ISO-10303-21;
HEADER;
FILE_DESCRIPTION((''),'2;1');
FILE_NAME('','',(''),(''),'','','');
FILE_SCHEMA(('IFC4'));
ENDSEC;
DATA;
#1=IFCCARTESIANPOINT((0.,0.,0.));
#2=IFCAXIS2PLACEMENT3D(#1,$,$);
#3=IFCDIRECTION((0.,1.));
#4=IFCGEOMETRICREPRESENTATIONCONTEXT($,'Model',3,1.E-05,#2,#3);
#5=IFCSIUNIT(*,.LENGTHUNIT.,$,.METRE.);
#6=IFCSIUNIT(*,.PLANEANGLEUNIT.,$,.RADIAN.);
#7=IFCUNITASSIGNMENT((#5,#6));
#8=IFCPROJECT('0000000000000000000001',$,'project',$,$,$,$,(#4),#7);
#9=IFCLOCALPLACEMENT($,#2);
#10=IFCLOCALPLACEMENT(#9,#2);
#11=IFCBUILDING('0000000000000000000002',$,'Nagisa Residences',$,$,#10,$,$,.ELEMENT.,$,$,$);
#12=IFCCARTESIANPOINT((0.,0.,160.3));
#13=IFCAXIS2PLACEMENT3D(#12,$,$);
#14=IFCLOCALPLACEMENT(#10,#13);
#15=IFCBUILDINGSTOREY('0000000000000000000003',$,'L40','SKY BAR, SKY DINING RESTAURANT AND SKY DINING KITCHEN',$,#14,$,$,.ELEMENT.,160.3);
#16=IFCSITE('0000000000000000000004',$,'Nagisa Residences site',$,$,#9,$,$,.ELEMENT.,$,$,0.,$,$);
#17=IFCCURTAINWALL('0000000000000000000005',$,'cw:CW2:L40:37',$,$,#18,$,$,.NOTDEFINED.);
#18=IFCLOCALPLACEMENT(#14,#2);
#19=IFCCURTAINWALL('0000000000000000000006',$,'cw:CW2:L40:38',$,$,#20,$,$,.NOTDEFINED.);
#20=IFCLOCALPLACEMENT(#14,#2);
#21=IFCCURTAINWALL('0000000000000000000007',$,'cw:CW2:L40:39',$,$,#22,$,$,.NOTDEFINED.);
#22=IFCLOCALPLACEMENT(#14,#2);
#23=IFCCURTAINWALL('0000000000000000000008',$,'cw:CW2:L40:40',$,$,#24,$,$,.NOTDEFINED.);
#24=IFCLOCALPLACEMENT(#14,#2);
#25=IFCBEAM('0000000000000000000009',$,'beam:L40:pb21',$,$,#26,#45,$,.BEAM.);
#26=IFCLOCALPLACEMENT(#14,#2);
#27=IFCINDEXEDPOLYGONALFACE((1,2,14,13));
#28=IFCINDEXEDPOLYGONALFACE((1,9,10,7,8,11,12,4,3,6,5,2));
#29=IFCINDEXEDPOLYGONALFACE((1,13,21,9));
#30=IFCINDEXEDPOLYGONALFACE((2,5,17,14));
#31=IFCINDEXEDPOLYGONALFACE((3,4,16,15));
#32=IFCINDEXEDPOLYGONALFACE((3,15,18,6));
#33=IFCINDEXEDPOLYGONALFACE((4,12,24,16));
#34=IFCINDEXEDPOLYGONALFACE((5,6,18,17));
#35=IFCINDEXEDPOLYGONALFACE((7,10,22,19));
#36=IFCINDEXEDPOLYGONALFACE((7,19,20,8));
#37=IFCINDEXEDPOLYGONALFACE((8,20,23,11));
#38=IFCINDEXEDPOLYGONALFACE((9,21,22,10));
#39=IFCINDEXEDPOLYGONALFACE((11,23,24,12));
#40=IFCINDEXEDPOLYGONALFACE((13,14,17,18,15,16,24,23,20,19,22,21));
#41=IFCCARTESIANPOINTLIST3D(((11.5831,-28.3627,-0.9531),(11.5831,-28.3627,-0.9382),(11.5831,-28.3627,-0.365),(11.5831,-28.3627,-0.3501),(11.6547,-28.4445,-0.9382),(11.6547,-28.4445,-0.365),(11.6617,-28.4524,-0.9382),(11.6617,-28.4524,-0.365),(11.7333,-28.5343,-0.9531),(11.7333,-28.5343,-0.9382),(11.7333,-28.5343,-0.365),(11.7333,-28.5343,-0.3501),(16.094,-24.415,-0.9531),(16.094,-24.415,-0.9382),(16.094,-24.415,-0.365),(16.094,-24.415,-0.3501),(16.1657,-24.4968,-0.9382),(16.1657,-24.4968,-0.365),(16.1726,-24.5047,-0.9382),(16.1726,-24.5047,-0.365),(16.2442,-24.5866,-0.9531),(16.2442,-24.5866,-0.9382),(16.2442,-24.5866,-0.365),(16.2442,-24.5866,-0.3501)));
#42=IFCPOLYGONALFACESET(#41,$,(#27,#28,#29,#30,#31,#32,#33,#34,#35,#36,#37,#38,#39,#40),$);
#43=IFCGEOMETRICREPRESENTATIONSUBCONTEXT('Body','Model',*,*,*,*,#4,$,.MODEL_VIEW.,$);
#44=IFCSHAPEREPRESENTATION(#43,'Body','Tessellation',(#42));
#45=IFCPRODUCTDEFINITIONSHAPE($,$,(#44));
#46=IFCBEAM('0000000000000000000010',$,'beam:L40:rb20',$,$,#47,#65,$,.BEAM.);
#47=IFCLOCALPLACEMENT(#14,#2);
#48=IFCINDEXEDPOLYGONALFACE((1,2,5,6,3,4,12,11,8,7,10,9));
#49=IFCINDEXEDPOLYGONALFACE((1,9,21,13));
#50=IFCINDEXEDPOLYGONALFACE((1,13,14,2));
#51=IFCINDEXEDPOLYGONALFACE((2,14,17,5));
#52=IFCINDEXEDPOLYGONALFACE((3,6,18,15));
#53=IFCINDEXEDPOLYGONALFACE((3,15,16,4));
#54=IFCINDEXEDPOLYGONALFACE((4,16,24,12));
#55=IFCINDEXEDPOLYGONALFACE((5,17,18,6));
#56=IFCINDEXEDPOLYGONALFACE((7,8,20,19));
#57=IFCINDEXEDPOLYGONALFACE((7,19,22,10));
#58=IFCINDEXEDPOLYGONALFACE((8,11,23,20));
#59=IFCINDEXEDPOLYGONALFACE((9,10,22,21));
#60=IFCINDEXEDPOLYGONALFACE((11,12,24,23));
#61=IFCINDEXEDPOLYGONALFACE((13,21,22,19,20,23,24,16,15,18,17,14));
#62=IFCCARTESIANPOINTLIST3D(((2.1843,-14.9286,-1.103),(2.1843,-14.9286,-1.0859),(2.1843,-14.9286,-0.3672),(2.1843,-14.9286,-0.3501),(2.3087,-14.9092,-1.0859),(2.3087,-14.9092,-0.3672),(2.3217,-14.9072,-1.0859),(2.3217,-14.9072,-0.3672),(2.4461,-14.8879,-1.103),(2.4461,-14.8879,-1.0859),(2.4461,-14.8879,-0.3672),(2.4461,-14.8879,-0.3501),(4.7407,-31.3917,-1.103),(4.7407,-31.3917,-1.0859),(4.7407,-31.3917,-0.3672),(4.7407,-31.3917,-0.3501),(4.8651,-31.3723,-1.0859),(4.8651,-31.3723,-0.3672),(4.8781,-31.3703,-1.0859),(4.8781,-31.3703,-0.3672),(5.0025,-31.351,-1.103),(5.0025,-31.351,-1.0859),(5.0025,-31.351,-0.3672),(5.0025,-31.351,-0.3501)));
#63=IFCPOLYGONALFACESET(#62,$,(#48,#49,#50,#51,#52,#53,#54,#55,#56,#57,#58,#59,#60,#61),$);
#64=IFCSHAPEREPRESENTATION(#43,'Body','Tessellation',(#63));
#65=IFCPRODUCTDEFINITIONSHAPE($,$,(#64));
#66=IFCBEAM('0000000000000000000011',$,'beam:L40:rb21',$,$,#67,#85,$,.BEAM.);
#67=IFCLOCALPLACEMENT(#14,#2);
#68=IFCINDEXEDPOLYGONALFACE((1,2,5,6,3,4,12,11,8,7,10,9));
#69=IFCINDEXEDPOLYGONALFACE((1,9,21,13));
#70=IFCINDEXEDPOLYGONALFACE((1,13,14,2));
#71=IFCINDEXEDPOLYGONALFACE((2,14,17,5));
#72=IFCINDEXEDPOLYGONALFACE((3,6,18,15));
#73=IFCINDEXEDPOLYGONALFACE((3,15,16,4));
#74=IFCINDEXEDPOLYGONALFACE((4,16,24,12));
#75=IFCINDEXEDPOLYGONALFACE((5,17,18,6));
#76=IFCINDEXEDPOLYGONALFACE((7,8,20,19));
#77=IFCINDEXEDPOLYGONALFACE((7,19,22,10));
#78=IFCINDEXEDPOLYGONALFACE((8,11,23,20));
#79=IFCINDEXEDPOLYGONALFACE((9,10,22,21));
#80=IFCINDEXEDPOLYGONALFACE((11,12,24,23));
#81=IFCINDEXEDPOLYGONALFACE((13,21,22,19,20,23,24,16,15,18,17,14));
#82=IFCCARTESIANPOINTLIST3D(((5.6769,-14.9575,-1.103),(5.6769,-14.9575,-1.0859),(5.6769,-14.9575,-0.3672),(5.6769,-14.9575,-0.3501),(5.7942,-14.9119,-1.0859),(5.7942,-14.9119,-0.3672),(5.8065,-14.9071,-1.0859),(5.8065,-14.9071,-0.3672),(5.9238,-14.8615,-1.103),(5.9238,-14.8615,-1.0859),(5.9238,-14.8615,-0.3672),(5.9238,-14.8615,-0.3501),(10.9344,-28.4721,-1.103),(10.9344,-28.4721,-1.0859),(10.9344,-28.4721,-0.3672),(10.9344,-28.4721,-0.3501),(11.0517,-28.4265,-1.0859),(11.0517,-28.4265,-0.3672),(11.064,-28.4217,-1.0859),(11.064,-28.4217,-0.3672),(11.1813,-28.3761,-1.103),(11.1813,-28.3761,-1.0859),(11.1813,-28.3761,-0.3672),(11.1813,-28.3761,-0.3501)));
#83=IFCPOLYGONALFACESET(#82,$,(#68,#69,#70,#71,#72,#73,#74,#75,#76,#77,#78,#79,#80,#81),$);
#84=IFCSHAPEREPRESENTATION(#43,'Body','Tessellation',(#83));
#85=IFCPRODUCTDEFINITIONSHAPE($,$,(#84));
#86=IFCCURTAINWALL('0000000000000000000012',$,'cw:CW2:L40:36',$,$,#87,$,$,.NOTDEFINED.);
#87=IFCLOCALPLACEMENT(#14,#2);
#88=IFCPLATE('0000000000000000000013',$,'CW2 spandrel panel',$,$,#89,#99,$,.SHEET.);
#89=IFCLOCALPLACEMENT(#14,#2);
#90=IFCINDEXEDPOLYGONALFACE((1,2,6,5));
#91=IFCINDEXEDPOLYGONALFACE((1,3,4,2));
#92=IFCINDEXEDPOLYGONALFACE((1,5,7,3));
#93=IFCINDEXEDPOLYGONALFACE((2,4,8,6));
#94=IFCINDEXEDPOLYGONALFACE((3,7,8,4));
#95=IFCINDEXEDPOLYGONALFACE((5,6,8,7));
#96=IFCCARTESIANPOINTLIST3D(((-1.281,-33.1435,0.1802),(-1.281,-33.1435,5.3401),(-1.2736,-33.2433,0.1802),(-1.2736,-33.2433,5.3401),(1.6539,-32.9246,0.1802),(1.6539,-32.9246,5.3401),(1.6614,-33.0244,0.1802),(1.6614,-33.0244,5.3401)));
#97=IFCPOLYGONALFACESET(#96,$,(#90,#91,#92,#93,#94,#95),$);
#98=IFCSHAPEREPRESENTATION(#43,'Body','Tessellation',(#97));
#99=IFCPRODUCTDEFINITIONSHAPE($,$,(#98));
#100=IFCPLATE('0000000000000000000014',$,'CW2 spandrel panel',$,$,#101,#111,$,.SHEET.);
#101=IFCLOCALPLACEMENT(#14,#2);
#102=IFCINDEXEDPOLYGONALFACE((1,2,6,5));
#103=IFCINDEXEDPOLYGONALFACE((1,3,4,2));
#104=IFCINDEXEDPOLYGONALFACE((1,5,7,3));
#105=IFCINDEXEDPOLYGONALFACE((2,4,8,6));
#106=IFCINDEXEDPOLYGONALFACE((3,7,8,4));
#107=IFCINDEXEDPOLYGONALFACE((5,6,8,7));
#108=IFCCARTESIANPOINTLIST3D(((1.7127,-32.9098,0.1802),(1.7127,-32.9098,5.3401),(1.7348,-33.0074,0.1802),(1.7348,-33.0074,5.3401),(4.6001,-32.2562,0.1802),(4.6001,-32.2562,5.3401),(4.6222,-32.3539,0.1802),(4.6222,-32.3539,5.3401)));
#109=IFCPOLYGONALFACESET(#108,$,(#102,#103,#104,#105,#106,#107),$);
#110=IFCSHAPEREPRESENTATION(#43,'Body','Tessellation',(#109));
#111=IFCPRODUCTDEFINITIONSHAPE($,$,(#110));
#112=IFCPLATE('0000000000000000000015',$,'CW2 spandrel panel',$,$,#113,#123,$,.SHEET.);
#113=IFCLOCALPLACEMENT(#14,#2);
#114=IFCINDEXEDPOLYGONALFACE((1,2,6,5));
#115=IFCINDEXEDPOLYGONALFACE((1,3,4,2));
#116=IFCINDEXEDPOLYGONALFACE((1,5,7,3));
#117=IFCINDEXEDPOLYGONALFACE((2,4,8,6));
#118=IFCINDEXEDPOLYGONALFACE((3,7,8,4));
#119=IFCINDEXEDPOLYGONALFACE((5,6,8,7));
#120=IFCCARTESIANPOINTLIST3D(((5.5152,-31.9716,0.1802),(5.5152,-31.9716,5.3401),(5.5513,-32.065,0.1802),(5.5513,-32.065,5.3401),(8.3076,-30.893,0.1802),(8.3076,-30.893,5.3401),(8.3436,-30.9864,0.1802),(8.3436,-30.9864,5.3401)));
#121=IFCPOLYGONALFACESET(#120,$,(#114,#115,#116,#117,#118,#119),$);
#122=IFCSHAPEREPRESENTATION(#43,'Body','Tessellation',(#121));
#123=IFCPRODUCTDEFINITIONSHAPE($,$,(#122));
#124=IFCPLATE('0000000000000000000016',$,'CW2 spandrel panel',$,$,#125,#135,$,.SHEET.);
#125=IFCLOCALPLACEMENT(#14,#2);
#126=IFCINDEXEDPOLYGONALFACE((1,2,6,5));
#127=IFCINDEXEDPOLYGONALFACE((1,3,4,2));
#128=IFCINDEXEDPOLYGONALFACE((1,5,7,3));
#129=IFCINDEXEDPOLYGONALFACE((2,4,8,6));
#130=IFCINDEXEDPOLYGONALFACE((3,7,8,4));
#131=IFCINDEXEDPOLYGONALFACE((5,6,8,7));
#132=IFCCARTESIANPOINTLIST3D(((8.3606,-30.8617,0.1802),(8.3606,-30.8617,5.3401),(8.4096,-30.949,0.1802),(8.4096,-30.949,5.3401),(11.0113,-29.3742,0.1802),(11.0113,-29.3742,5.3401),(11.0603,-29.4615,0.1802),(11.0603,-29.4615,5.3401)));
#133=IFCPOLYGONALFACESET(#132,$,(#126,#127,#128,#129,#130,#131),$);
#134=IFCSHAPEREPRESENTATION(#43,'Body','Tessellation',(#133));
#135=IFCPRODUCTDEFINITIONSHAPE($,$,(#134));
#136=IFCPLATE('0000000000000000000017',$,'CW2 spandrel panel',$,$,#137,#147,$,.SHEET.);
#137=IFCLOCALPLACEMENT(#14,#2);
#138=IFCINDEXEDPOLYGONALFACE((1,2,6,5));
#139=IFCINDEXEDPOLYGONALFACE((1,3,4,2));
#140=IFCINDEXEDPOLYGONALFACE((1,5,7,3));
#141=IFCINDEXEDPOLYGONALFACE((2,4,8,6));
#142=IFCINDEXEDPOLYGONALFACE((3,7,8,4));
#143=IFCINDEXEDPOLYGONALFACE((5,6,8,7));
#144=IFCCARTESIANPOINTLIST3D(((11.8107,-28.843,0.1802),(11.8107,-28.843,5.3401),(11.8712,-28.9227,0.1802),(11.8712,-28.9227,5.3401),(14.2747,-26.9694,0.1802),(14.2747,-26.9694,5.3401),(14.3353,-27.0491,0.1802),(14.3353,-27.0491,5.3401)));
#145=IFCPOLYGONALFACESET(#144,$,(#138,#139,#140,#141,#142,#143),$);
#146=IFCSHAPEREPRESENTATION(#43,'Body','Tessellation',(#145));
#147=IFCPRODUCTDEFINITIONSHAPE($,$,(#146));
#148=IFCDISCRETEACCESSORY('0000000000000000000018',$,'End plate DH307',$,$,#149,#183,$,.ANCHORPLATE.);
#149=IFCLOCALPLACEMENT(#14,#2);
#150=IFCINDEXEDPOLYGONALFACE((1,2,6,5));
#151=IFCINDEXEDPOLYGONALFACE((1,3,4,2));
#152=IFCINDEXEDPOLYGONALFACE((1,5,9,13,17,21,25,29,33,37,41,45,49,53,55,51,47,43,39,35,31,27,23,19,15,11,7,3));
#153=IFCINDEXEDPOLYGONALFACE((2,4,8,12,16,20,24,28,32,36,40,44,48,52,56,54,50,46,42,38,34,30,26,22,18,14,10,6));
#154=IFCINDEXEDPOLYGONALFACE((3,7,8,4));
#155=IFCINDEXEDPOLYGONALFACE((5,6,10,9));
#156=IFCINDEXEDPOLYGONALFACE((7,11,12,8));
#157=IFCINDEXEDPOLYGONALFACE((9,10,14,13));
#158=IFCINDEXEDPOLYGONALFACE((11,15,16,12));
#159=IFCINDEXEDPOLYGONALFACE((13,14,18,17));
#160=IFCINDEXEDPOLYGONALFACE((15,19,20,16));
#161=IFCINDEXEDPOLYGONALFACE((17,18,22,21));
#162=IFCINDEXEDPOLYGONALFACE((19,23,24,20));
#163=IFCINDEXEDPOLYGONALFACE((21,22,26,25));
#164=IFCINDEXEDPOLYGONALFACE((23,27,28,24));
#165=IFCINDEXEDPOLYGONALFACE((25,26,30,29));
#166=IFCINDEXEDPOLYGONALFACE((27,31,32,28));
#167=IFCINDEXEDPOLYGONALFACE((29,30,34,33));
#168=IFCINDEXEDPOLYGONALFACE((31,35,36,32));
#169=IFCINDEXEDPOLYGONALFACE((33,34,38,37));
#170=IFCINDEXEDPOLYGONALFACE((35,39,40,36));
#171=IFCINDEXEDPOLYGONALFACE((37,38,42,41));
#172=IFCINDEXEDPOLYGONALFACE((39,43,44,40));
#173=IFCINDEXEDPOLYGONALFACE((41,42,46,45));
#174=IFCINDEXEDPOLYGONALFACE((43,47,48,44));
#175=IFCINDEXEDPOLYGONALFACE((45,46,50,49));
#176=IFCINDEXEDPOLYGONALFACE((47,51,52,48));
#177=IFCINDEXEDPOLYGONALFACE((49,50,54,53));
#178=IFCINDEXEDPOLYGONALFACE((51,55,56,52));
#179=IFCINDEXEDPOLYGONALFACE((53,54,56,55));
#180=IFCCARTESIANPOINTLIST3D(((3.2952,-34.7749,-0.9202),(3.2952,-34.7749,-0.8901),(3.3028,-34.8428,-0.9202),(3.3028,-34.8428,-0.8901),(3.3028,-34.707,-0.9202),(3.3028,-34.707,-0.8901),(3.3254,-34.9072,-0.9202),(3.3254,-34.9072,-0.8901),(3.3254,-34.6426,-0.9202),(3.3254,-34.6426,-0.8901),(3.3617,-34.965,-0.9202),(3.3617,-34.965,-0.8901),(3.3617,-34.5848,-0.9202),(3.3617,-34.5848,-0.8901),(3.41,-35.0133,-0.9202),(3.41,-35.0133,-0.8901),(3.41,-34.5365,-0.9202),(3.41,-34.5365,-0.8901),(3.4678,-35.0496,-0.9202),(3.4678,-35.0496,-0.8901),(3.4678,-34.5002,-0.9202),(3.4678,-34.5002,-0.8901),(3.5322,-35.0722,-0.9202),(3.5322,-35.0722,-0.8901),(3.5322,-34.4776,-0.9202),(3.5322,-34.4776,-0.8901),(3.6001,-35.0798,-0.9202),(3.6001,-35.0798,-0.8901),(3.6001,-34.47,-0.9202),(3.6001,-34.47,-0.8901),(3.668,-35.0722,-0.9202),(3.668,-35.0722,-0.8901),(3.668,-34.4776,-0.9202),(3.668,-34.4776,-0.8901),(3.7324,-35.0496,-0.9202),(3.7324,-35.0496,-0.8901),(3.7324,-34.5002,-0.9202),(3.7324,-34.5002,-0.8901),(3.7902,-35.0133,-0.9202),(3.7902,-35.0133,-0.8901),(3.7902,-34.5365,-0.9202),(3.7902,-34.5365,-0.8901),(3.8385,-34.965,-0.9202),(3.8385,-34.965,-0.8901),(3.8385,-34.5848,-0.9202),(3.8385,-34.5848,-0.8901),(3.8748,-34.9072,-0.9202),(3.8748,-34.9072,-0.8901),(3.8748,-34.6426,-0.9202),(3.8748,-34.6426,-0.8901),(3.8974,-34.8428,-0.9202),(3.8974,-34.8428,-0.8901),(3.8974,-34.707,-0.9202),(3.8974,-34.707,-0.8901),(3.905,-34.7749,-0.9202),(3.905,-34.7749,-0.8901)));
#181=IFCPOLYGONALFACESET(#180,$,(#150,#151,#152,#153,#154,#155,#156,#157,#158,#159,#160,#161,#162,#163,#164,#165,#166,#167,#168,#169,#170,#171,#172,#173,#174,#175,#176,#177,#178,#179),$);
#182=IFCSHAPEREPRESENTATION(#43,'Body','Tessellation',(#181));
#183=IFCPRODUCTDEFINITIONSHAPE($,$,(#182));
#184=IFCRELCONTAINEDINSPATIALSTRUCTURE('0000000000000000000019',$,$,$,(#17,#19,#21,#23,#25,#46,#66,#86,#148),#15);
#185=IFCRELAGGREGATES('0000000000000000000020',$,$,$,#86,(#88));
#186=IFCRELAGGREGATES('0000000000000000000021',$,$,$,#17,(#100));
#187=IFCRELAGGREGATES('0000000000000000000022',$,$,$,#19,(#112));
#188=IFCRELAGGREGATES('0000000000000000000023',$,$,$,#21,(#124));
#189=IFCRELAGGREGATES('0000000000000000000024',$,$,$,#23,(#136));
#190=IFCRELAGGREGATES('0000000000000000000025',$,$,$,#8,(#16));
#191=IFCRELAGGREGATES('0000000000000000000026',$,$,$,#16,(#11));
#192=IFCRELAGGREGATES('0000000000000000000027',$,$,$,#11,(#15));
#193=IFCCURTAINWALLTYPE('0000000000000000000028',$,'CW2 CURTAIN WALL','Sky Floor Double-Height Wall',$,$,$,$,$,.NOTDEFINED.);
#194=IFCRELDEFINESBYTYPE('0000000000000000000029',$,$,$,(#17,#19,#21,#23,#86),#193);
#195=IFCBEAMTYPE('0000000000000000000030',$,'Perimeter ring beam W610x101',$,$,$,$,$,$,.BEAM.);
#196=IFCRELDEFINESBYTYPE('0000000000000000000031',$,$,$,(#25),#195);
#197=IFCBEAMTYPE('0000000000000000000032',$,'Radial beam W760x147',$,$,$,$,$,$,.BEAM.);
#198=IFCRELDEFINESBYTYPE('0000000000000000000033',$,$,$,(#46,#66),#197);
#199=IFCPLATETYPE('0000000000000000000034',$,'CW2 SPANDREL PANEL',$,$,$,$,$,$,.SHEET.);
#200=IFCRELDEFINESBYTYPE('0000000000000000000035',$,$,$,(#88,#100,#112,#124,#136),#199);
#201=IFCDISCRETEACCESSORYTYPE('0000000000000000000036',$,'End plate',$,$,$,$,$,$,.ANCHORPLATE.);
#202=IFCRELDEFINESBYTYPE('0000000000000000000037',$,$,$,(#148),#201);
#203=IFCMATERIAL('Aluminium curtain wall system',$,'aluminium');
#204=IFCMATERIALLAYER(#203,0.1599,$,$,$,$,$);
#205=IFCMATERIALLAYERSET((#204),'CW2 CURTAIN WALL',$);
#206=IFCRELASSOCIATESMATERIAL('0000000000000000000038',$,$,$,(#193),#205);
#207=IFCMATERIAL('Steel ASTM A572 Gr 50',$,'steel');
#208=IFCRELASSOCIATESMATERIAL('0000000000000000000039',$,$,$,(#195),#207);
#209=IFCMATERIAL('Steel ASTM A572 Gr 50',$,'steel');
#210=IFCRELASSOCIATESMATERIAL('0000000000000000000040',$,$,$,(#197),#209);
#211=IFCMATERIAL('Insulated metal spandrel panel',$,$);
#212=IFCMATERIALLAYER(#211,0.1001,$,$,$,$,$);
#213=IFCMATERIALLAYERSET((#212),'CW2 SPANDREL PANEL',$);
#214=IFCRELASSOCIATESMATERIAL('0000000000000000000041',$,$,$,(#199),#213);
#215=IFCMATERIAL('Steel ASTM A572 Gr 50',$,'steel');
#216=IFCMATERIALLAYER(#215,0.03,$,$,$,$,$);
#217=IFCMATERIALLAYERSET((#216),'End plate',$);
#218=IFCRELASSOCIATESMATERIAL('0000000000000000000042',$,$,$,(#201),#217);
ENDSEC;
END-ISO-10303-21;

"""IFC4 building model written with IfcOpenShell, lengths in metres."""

from ifc_helpers import new_model, si_unit, direction, frame, origin, origin_2d, place, context, subcontext, project, spatial, rectangle, circle, i_section, extrude, material, layer, layer_set, material_profile, profile_set, type_object, element, aggregate, save


model = new_model("IFC4")

# Units and contexts
model_context = context("Model", 3, precision=1e-05, world=origin(), true_north=direction((0.0, 1.0)))
body_context = subcontext(model_context, "Body", "Model", "MODEL_VIEW")
ifc_project = project(units=[si_unit("LENGTHUNIT", "METRE"), si_unit("PLANEANGLEUNIT", "RADIAN")], contexts=[model_context])

# Site, building, storey
site_placement = place(None, origin())
site = spatial("IfcSite", under=ifc_project, at=site_placement, Name="Nagisa Residences site", CompositionType="ELEMENT", RefElevation=0.0)
building_placement = place(site_placement, origin())
building = spatial("IfcBuilding", under=site, at=building_placement, Name="Nagisa Residences", CompositionType="ELEMENT")
storey_placement = place(building_placement, frame((0.0, 0.0, 160.3)))
storey = spatial("IfcBuildingStorey", under=building, at=storey_placement, Name="L40", Description="SKY BAR, SKY DINING RESTAURANT AND SKY DINING KITCHEN", CompositionType="ELEMENT", Elevation=160.3)

# Curtain walls
ifc_material_1 = material(Name="Aluminium curtain wall system", Category="aluminium")
ifc_layer_1 = layer(ifc_material_1, 0.1599)
ifc_layer_set_1 = layer_set([ifc_layer_1], Name="CW2 CURTAIN WALL")
curtain_wall_type = type_object("IfcCurtainWallType", Name="CW2 CURTAIN WALL", Description="Sky Floor Double-Height Wall", PredefinedType="NOTDEFINED", material=ifc_layer_set_1)
curtain_wall_1_placement = place(storey_placement, origin())
curtain_wall_1 = element("IfcCurtainWall", 1, at=curtain_wall_1_placement, inside=storey, type_object=curtain_wall_type, Name="cw:CW2:L40:37", PredefinedType="NOTDEFINED")
curtain_wall_2_placement = place(storey_placement, origin())
curtain_wall_2 = element("IfcCurtainWall", 2, at=curtain_wall_2_placement, inside=storey, type_object=curtain_wall_type, Name="cw:CW2:L40:38", PredefinedType="NOTDEFINED")
curtain_wall_3_placement = place(storey_placement, origin())
curtain_wall_3 = element("IfcCurtainWall", 3, at=curtain_wall_3_placement, inside=storey, type_object=curtain_wall_type, Name="cw:CW2:L40:39", PredefinedType="NOTDEFINED")
curtain_wall_4_placement = place(storey_placement, origin())
curtain_wall_4 = element("IfcCurtainWall", 4, at=curtain_wall_4_placement, inside=storey, type_object=curtain_wall_type, Name="cw:CW2:L40:40", PredefinedType="NOTDEFINED")

# Beams
ifc_material_2 = material(Name="Steel ASTM A572 Gr 50", Category="steel")
ifc_material_profile_1 = material_profile(ifc_material_2, i_section(OverallWidth=0.228, OverallDepth=0.603, WebThickness=0.0105, FlangeThickness=0.0149, at=origin_2d()), Name="W610x101")
ifc_profile_set_1 = profile_set([ifc_material_profile_1], Name="Steel ASTM A572 Gr 50")
beam_type_1 = type_object("IfcBeamType", Name="Perimeter ring beam W610x101", PredefinedType="BEAM", material=ifc_profile_set_1)
beam_1_placement = place(storey_placement, frame((11.6582, -28.4485, -0.6516), z_axis=(0.752524, 0.658565, 0.0), x_axis=(-0.658565, 0.752524, 0.0)))
element("IfcBeam", 5, at=beam_1_placement, inside=storey, type_object=beam_type_1, Name="beam:L40:pb21", PredefinedType="BEAM", context=body_context, shape_type="SweptSolid", body=[
    extrude(i_section(OverallWidth=0.228, OverallDepth=0.603, WebThickness=0.0105, FlangeThickness=0.0149, at=origin_2d()), origin(), (0.0, 0.0, 1.0), 5.9944),
])
ifc_material_3 = material(Name="Steel ASTM A572 Gr 50", Category="steel")
ifc_material_profile_2 = material_profile(ifc_material_3, i_section(OverallWidth=0.2649, OverallDepth=0.7529, WebThickness=0.0132, FlangeThickness=0.0171, at=origin_2d()), Name="W760x147")
ifc_profile_set_2 = profile_set([ifc_material_profile_2], Name="Steel ASTM A572 Gr 50")
beam_type_2 = type_object("IfcBeamType", Name="Radial beam W760x147", PredefinedType="BEAM", material=ifc_profile_set_2)
beam_2_placement = place(storey_placement, frame((4.8716, -31.3713, -0.7266), z_axis=(-0.153441, 0.988158, 0.0), x_axis=(-0.988158, -0.153441, 0.0)))
element("IfcBeam", 6, at=beam_2_placement, inside=storey, type_object=beam_type_2, Name="beam:L40:rb20", PredefinedType="BEAM", context=body_context, shape_type="SweptSolid", body=[
    extrude(i_section(OverallWidth=0.2649, OverallDepth=0.7529, WebThickness=0.0132, FlangeThickness=0.0171, at=origin_2d()), origin(), (0.0, 0.0, 1.0), 16.6604),
])
beam_3_placement = place(storey_placement, frame((11.0579, -28.4241, -0.7266), z_axis=(-0.362558, 0.931961, 0.0), x_axis=(-0.931961, -0.362558, 0.0)))
element("IfcBeam", 7, at=beam_3_placement, inside=storey, type_object=beam_type_2, Name="beam:L40:rb21", PredefinedType="BEAM", context=body_context, shape_type="SweptSolid", body=[
    extrude(i_section(OverallWidth=0.2649, OverallDepth=0.7529, WebThickness=0.0132, FlangeThickness=0.0171, at=origin_2d()), origin(), (0.0, 0.0, 1.0), 14.5012),
])

# Curtain wall, plate
curtain_wall_5_placement = place(storey_placement, origin())
curtain_wall_5 = element("IfcCurtainWall", 8, at=curtain_wall_5_placement, inside=storey, type_object=curtain_wall_type, Name="cw:CW2:L40:36", PredefinedType="NOTDEFINED")
ifc_material_4 = material(Name="Insulated metal spandrel panel")
ifc_layer_2 = layer(ifc_material_4, 0.1001)
ifc_layer_set_2 = layer_set([ifc_layer_2], Name="CW2 SPANDREL PANEL")
plate_type = type_object("IfcPlateType", Name="CW2 SPANDREL PANEL", PredefinedType="SHEET", material=ifc_layer_set_2)
plate_1_placement = place(storey_placement, frame((0.1902, -33.084, 0.1802), z_axis=(0.0, 0.0, 1.0), x_axis=(0.99723, 0.074377, 0.0)))
plate_1 = element("IfcPlate", 9, at=plate_1_placement, type_object=plate_type, Name="CW2 spandrel panel", PredefinedType="SHEET", context=body_context, shape_type="SweptSolid", body=[
    extrude(rectangle(XDim=2.9431, YDim=0.1001, at=origin_2d()), origin(), (0.0, 0.0, 1.0), 5.1599),
])
aggregate(curtain_wall_5, [plate_1])

# Plates
plate_2_placement = place(storey_placement, frame((3.1675, -32.6318, 0.1802), z_axis=(0.0, 0.0, 1.0), x_axis=(0.975327, 0.220764, 0.0)))
plate_2 = element("IfcPlate", 10, at=plate_2_placement, type_object=plate_type, Name="CW2 spandrel panel", PredefinedType="SHEET", context=body_context, shape_type="SweptSolid", body=[
    extrude(rectangle(XDim=2.9604, YDim=0.1001, at=origin_2d()), origin(), (0.0, 0.0, 1.0), 5.1599),
])
aggregate(curtain_wall_1, [plate_2])
plate_3_placement = place(storey_placement, frame((6.9294, -31.479, 0.1802), z_axis=(0.0, 0.0, 1.0), x_axis=(0.932826, 0.360328, 0.0)))
plate_3 = element("IfcPlate", 11, at=plate_3_placement, type_object=plate_type, Name="CW2 spandrel panel", PredefinedType="SHEET", context=body_context, shape_type="SweptSolid", body=[
    extrude(rectangle(XDim=2.9934, YDim=0.1001, at=origin_2d()), origin(), (0.0, 0.0, 1.0), 5.1599),
])
aggregate(curtain_wall_2, [plate_3])
plate_4_placement = place(storey_placement, frame((9.7104, -30.1616, 0.1802), z_axis=(0.0, 0.0, 1.0), x_axis=(0.872072, 0.489377, 0.0)))
plate_4 = element("IfcPlate", 12, at=plate_4_placement, type_object=plate_type, Name="CW2 spandrel panel", PredefinedType="SHEET", context=body_context, shape_type="SweptSolid", body=[
    extrude(rectangle(XDim=3.0396, YDim=0.1001, at=origin_2d()), origin(), (0.0, 0.0, 1.0), 5.1599),
])
aggregate(curtain_wall_3, [plate_4])
plate_5_placement = place(storey_placement, frame((13.073, -27.946, 0.1802), z_axis=(0.0, 0.0, 1.0), x_axis=(0.796031, 0.605255, 0.0)))
plate_5 = element("IfcPlate", 13, at=plate_5_placement, type_object=plate_type, Name="CW2 spandrel panel", PredefinedType="SHEET", context=body_context, shape_type="SweptSolid", body=[
    extrude(rectangle(XDim=3.0955, YDim=0.1001, at=origin_2d()), origin(), (0.0, 0.0, 1.0), 5.1599),
])
aggregate(curtain_wall_4, [plate_5])

# Discrete accessory
ifc_material_5 = material(Name="Steel ASTM A572 Gr 50", Category="steel")
ifc_layer_3 = layer(ifc_material_5, 0.03)
ifc_layer_set_3 = layer_set([ifc_layer_3], Name="End plate")
discrete_accessory_type = type_object("IfcDiscreteAccessoryType", Name="End plate", PredefinedType="ANCHORPLATE", material=ifc_layer_set_3)
discrete_accessory_placement = place(storey_placement, frame((3.6001, -34.7749, -0.8901), z_axis=(0.0, 0.0, -1.0), x_axis=(1.0, 0.0, 0.0)))
element("IfcDiscreteAccessory", 14, at=discrete_accessory_placement, inside=storey, type_object=discrete_accessory_type, Name="End plate DH307", PredefinedType="ANCHORPLATE", context=body_context, shape_type="SweptSolid", body=[
    extrude(circle(Radius=0.3049, at=origin_2d()), origin(), (0.0, 0.0, 1.0), 0.03),
])

save(model, "model.ifc")
